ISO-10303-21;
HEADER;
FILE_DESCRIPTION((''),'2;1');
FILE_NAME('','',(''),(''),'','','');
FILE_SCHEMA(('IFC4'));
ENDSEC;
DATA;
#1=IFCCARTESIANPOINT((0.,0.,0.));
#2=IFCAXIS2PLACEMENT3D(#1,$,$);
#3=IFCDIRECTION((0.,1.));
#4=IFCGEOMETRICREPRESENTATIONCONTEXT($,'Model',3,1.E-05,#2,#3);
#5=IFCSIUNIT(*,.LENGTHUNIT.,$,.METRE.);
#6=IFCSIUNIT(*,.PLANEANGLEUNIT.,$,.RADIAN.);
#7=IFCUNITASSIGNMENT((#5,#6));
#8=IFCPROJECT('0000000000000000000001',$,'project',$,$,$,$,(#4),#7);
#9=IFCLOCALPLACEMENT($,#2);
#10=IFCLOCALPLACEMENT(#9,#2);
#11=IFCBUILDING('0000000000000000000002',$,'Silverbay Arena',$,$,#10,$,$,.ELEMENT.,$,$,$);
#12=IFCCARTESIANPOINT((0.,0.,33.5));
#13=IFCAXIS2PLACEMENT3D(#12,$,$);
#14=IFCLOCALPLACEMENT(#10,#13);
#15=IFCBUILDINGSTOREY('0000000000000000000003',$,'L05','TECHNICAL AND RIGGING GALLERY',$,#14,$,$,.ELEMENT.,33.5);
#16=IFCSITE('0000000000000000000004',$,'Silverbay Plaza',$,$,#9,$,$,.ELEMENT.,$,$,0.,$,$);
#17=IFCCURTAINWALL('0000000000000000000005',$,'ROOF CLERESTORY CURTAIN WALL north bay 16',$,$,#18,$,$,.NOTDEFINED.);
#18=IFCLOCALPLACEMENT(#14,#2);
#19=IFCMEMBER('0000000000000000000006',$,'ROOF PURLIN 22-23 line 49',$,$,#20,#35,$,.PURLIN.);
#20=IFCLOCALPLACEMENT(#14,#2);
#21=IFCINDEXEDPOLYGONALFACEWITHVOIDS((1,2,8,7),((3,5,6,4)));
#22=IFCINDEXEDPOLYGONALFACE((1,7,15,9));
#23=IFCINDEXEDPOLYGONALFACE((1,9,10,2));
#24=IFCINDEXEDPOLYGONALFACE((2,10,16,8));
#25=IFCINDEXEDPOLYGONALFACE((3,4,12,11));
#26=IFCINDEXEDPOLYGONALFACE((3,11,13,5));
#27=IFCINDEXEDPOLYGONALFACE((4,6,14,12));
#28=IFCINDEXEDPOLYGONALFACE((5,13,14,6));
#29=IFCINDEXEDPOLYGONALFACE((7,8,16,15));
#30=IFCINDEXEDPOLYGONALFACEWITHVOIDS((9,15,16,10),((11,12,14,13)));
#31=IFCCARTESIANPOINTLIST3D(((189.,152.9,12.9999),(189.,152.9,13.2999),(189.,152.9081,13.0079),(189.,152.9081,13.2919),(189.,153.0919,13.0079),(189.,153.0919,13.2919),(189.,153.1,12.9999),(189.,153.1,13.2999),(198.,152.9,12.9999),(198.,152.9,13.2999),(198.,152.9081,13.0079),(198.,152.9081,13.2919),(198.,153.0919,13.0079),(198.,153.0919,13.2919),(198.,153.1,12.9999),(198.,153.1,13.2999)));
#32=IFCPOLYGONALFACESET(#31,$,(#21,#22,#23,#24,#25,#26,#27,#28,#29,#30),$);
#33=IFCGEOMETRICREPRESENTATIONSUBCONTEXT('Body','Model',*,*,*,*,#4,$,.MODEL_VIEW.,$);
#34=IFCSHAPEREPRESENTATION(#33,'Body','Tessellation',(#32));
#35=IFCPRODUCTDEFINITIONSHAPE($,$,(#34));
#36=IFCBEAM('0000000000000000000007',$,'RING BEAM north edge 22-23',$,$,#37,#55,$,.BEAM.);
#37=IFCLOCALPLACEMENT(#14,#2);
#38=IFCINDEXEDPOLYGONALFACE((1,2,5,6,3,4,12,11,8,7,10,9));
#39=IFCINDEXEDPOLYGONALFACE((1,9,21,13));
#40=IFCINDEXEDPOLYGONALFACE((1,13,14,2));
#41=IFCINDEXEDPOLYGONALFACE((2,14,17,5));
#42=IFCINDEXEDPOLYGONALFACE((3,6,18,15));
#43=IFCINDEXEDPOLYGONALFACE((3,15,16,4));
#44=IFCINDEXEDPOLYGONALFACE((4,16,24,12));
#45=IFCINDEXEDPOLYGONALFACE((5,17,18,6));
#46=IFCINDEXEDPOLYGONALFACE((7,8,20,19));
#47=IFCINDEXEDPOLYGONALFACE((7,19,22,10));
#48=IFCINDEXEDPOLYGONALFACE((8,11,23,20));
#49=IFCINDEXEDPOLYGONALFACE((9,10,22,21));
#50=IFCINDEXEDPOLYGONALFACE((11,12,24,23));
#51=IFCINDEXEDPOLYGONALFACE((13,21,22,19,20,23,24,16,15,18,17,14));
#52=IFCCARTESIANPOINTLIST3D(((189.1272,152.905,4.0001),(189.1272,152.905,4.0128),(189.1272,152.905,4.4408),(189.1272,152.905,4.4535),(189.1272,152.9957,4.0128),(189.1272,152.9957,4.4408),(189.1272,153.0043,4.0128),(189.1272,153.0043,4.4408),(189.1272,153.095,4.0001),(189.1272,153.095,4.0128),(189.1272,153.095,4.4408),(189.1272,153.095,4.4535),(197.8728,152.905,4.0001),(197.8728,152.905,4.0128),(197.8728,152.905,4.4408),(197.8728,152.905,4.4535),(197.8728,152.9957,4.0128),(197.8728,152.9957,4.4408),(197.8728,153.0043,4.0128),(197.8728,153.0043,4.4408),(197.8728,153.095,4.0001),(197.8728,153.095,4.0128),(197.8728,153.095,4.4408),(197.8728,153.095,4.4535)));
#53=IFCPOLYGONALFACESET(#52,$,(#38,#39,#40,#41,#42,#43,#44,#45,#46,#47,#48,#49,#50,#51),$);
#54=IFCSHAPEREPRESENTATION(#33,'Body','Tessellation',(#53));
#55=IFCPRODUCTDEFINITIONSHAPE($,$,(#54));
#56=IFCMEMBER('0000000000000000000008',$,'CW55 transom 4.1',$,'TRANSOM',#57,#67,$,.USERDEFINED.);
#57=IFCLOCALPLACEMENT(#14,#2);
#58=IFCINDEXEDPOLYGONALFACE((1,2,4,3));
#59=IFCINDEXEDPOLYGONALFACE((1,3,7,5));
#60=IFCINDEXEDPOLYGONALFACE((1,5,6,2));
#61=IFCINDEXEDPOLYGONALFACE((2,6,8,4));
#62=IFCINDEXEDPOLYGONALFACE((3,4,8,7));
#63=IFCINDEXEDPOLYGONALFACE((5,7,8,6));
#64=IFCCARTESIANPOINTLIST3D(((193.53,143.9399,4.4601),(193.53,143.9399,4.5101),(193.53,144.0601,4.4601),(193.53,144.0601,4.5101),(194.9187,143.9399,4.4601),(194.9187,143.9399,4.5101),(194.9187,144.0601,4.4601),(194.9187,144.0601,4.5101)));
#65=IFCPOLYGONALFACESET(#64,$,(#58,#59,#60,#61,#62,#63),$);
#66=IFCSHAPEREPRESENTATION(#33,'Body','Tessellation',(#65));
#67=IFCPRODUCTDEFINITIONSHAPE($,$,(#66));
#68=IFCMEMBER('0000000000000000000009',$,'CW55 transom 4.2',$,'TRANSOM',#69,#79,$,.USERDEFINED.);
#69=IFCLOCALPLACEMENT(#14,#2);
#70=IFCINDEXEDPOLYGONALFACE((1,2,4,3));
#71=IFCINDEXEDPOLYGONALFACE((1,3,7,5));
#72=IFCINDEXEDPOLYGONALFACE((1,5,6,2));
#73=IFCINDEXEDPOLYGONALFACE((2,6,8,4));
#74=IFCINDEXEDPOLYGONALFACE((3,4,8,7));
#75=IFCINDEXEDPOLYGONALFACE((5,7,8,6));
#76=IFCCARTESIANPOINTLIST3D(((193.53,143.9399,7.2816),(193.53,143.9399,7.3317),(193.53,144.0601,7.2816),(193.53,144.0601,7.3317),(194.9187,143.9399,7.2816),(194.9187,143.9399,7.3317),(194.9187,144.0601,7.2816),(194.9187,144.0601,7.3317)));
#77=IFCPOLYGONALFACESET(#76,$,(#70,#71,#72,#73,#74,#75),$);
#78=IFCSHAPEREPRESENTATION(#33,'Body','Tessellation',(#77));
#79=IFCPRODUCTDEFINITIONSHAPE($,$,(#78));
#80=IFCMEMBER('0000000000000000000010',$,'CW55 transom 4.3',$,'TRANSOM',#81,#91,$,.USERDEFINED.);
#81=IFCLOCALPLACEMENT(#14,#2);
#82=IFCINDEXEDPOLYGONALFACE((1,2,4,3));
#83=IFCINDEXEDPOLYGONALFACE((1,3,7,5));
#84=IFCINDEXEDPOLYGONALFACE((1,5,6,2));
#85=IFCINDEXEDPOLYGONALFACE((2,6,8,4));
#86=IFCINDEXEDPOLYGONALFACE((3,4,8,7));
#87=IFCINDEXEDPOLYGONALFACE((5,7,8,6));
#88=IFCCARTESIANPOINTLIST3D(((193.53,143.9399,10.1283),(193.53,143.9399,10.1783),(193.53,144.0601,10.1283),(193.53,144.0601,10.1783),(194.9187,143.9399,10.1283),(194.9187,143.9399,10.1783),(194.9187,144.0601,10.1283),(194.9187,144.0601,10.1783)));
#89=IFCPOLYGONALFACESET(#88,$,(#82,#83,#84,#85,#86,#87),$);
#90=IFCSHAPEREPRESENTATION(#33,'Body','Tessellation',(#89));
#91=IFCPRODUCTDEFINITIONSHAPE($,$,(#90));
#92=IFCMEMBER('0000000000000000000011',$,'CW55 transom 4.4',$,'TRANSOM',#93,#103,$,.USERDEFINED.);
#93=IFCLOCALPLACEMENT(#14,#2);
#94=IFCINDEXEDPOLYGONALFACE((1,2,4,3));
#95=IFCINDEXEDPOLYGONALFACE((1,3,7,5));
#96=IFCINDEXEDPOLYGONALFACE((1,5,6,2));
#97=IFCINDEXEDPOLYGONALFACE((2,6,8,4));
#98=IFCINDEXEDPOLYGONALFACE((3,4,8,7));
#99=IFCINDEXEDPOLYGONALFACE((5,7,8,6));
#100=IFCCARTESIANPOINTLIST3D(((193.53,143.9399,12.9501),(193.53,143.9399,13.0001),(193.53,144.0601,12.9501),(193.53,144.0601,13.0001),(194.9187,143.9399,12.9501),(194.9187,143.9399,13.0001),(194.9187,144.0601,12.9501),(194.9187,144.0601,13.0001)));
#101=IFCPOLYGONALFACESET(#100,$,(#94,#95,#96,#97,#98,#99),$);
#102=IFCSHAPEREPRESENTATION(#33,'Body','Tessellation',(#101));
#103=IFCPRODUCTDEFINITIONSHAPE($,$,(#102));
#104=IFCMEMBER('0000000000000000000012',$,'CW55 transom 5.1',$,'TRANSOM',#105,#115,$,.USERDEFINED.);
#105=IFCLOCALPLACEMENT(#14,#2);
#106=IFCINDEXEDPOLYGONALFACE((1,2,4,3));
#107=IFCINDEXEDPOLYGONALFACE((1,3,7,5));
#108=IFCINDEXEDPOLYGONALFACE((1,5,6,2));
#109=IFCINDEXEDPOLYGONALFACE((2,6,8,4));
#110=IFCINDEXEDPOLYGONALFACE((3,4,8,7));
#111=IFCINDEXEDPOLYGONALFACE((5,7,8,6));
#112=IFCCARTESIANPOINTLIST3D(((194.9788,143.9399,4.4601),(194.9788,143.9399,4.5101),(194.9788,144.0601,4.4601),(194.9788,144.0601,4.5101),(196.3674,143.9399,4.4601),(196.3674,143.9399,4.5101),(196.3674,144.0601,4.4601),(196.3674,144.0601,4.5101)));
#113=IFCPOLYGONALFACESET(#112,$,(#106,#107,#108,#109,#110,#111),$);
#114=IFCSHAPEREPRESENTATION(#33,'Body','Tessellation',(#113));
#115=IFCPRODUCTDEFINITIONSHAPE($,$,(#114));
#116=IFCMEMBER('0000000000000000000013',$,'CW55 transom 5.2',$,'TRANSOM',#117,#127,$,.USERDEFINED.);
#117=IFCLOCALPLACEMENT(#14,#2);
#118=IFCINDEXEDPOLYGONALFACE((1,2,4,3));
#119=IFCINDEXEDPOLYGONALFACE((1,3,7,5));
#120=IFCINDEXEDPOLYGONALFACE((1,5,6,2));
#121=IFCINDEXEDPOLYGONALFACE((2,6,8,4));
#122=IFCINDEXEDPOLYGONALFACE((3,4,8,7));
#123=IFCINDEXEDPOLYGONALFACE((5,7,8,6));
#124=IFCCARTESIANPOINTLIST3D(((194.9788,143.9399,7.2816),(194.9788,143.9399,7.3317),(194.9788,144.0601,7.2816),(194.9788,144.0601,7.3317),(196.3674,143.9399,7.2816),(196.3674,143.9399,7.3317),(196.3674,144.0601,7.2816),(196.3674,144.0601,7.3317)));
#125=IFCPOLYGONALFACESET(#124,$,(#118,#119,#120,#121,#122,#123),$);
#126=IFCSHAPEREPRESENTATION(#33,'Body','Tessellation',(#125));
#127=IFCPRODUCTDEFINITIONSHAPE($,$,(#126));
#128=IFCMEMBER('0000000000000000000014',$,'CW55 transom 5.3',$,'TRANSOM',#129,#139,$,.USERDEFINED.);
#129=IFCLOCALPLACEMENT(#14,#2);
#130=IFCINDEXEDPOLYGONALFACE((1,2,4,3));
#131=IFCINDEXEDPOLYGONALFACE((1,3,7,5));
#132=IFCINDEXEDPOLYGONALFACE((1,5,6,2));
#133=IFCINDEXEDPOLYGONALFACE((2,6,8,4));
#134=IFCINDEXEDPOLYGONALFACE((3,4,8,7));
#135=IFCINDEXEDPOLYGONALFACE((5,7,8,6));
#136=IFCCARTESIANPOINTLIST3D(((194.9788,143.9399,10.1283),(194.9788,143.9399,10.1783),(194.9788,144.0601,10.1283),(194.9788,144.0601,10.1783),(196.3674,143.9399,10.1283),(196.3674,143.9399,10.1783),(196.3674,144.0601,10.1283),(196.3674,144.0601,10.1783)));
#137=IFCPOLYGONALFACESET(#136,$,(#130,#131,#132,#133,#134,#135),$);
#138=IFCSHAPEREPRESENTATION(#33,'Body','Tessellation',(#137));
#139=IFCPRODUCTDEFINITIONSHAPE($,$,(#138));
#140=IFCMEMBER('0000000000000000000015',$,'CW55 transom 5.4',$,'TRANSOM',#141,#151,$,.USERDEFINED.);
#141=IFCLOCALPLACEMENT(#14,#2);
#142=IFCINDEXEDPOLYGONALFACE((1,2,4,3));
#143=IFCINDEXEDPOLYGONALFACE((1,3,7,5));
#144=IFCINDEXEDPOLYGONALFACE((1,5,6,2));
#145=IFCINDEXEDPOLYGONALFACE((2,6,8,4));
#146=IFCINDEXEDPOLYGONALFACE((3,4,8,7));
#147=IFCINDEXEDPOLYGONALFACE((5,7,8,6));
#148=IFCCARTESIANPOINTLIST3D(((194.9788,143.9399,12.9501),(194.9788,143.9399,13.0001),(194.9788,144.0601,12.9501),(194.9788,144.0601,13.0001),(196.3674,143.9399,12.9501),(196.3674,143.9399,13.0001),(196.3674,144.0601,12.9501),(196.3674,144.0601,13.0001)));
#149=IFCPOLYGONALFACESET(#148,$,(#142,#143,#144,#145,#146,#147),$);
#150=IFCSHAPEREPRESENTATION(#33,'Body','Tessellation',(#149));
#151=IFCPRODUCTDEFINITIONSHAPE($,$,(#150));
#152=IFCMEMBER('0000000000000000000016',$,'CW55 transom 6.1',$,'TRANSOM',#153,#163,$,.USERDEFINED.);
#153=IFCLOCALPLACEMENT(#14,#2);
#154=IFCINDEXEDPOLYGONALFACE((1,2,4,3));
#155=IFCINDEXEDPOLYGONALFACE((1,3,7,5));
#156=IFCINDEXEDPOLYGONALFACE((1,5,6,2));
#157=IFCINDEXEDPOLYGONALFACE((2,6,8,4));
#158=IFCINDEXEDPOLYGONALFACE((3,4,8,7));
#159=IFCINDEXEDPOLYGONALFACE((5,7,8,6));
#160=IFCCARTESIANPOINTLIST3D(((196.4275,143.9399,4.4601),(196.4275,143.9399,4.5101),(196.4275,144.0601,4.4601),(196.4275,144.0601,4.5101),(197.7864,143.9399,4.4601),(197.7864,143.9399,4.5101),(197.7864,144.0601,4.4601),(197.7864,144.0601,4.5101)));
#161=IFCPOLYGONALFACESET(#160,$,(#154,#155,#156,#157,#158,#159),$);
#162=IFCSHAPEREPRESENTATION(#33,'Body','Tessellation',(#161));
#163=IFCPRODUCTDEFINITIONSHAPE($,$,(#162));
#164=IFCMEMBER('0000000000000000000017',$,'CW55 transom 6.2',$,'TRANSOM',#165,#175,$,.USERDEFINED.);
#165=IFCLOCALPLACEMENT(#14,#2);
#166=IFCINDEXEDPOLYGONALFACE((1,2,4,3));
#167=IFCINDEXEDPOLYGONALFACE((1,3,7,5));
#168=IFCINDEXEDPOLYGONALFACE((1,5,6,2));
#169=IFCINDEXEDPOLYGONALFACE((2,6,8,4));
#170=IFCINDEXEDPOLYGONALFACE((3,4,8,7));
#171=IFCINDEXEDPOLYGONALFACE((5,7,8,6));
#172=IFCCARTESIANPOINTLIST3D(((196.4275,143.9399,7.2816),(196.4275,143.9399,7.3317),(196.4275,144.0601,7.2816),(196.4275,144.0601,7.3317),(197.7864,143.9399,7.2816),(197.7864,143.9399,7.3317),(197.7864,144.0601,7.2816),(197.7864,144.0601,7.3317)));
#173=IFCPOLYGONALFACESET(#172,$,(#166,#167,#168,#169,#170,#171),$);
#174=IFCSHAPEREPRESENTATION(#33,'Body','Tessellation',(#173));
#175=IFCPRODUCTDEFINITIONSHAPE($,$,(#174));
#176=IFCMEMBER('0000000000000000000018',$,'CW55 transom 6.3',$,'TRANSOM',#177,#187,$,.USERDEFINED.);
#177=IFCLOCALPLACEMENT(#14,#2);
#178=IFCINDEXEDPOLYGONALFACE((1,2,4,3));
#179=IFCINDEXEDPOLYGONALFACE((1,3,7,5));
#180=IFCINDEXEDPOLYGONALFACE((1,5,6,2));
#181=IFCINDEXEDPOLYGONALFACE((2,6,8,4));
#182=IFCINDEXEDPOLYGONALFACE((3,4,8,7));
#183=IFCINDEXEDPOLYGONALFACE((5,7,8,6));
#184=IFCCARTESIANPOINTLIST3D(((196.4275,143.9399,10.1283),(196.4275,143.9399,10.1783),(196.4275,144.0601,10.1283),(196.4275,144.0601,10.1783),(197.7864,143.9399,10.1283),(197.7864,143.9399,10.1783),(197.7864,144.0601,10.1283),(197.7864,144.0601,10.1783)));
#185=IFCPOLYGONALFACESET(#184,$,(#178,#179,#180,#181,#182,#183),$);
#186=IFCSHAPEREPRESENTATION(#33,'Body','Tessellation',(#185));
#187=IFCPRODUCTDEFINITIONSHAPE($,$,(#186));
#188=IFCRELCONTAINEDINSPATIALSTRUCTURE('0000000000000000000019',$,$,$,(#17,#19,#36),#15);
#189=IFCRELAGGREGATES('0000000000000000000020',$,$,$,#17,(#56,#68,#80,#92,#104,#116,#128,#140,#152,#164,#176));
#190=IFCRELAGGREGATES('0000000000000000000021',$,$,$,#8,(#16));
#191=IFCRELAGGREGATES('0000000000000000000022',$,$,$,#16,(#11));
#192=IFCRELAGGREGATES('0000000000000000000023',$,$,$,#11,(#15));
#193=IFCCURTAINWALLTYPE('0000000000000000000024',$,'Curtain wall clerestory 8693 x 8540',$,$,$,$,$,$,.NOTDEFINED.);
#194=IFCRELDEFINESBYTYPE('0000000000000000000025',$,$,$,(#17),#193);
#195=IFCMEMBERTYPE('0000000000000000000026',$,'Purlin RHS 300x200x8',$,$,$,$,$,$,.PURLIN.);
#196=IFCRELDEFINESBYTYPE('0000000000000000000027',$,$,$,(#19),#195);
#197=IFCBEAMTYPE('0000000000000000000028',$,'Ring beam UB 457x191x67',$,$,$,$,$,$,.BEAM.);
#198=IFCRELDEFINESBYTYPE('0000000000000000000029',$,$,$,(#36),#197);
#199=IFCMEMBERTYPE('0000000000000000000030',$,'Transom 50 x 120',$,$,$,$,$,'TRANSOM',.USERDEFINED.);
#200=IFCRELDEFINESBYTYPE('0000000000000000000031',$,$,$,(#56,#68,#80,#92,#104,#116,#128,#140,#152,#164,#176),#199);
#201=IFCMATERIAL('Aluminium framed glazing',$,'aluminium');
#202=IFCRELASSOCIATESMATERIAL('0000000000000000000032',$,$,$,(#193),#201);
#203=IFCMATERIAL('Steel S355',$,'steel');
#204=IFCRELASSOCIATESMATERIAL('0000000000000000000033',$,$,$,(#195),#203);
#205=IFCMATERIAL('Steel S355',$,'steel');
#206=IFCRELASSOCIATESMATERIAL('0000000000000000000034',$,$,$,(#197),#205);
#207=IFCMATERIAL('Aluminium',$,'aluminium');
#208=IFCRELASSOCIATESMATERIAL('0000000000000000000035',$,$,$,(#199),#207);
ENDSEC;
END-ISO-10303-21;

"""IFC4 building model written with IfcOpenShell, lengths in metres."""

from ifc_helpers import new_model, si_unit, direction, frame, origin, origin_2d, place, context, subcontext, project, spatial, rectangle, hollow_rectangle, i_section, extrude, material, material_profile, profile_set, type_object, element, aggregate, save


model = new_model("IFC4")

# Units and contexts
model_context = context("Model", 3, precision=1e-05, world=origin(), true_north=direction((0.0, 1.0)))
body_context = subcontext(model_context, "Body", "Model", "MODEL_VIEW")
ifc_project = project(units=[si_unit("LENGTHUNIT", "METRE"), si_unit("PLANEANGLEUNIT", "RADIAN")], contexts=[model_context])

# Site, building, storey
site_placement = place(None, origin())
site = spatial("IfcSite", under=ifc_project, at=site_placement, Name="Silverbay Plaza", CompositionType="ELEMENT", RefElevation=0.0)
building_placement = place(site_placement, origin())
building = spatial("IfcBuilding", under=site, at=building_placement, Name="Silverbay Arena", CompositionType="ELEMENT")
storey_placement = place(building_placement, frame((0.0, 0.0, 33.5)))
storey = spatial("IfcBuildingStorey", under=building, at=storey_placement, Name="L05", Description="TECHNICAL AND RIGGING GALLERY", CompositionType="ELEMENT", Elevation=33.5)

# Curtain wall
ifc_material_1 = material(Name="Aluminium framed glazing", Category="aluminium")
curtain_wall_type = type_object("IfcCurtainWallType", Name="Curtain wall clerestory 8693 x 8540", PredefinedType="NOTDEFINED", material=ifc_material_1)
curtain_wall_placement = place(storey_placement, origin())
curtain_wall = element("IfcCurtainWall", 1, at=curtain_wall_placement, inside=storey, type_object=curtain_wall_type, Name="ROOF CLERESTORY CURTAIN WALL north bay 16", PredefinedType="NOTDEFINED")

# Member
ifc_material_2 = material(Name="Steel S355", Category="steel")
ifc_material_profile_1 = material_profile(ifc_material_2, hollow_rectangle(XDim=0.2, YDim=0.3, WallThickness=0.0081, at=origin_2d()), Name="RHS 300x200x8")
ifc_profile_set_1 = profile_set([ifc_material_profile_1], Name="Steel S355")
member_type_1 = type_object("IfcMemberType", Name="Purlin RHS 300x200x8", PredefinedType="PURLIN", material=ifc_profile_set_1)
for number, where, z_axis, x_axis, name in (
    (2, (189.0, 153.0, 13.1499), (1.0, 0.0, 0.0), (0.0, 1.0, 0.0), "ROOF PURLIN 22-23 line 49"),
):
    element("IfcMember", number, at=place(storey_placement, frame(where, z_axis=z_axis, x_axis=x_axis)), inside=storey, type_object=member_type_1, Name=name, PredefinedType="PURLIN", context=body_context, shape_type="SweptSolid", body=[
        extrude(hollow_rectangle(XDim=0.2, YDim=0.3, WallThickness=0.0081, at=origin_2d()), origin(), (0.0, 0.0, 1.0), 9.0),
    ])

# Beam
ifc_material_3 = material(Name="Steel S355", Category="steel")
ifc_material_profile_2 = material_profile(ifc_material_3, i_section(OverallWidth=0.1899, OverallDepth=0.4534, WebThickness=0.0085, FlangeThickness=0.0127, at=origin_2d()), Name="UB 457x191x67")
ifc_profile_set_2 = profile_set([ifc_material_profile_2], Name="Steel S355")
beam_type = type_object("IfcBeamType", Name="Ring beam UB 457x191x67", PredefinedType="BEAM", material=ifc_profile_set_2)
beam_placement = place(storey_placement, frame((189.1272, 153.0, 4.2268), z_axis=(1.0, 0.0, 0.0), x_axis=(0.0, 1.0, 0.0)))
element("IfcBeam", 3, at=beam_placement, inside=storey, type_object=beam_type, Name="RING BEAM north edge 22-23", PredefinedType="BEAM", context=body_context, shape_type="SweptSolid", body=[
    extrude(i_section(OverallWidth=0.1899, OverallDepth=0.4534, WebThickness=0.0085, FlangeThickness=0.0127, at=origin_2d()), origin(), (0.0, 0.0, 1.0), 8.7456),
])

# Members
ifc_material_4 = material(Name="Aluminium", Category="aluminium")
ifc_material_profile_3 = material_profile(ifc_material_4, rectangle(XDim=0.1201, YDim=0.05, at=origin_2d()), Name="Transom 50 x 120")
ifc_profile_set_3 = profile_set([ifc_material_profile_3], Name="Aluminium")
member_type_2 = type_object("IfcMemberType", Name="Transom 50 x 120", ElementType="TRANSOM", PredefinedType="USERDEFINED", material=ifc_profile_set_3)
member_1_placement = place(storey_placement, frame((193.53, 144.0, 4.4851), z_axis=(1.0, 0.0, 0.0), x_axis=(0.0, 1.0, 0.0)))
member_1 = element("IfcMember", 4, at=member_1_placement, type_object=member_type_2, Name="CW55 transom 4.1", ObjectType="TRANSOM", PredefinedType="USERDEFINED", context=body_context, shape_type="SweptSolid", body=[
    extrude(rectangle(XDim=0.1201, YDim=0.05, at=origin_2d()), origin(), (0.0, 0.0, 1.0), 1.3887),
])
member_2_placement = place(storey_placement, frame((193.53, 144.0, 7.3066), z_axis=(1.0, 0.0, 0.0), x_axis=(0.0, 1.0, 0.0)))
member_2 = element("IfcMember", 5, at=member_2_placement, type_object=member_type_2, Name="CW55 transom 4.2", ObjectType="TRANSOM", PredefinedType="USERDEFINED", context=body_context, shape_type="SweptSolid", body=[
    extrude(rectangle(XDim=0.1201, YDim=0.05, at=origin_2d()), origin(), (0.0, 0.0, 1.0), 1.3887),
])
member_3_placement = place(storey_placement, frame((193.53, 144.0, 10.1533), z_axis=(1.0, 0.0, 0.0), x_axis=(0.0, 1.0, 0.0)))
member_3 = element("IfcMember", 6, at=member_3_placement, type_object=member_type_2, Name="CW55 transom 4.3", ObjectType="TRANSOM", PredefinedType="USERDEFINED", context=body_context, shape_type="SweptSolid", body=[
    extrude(rectangle(XDim=0.1201, YDim=0.05, at=origin_2d()), origin(), (0.0, 0.0, 1.0), 1.3887),
])
member_4_placement = place(storey_placement, frame((193.53, 144.0, 12.9751), z_axis=(1.0, 0.0, 0.0), x_axis=(0.0, 1.0, 0.0)))
member_4 = element("IfcMember", 7, at=member_4_placement, type_object=member_type_2, Name="CW55 transom 4.4", ObjectType="TRANSOM", PredefinedType="USERDEFINED", context=body_context, shape_type="SweptSolid", body=[
    extrude(rectangle(XDim=0.1201, YDim=0.05, at=origin_2d()), origin(), (0.0, 0.0, 1.0), 1.3887),
])
member_5_placement = place(storey_placement, frame((194.9788, 144.0, 4.4851), z_axis=(1.0, 0.0, 0.0), x_axis=(0.0, 1.0, 0.0)))
member_5 = element("IfcMember", 8, at=member_5_placement, type_object=member_type_2, Name="CW55 transom 5.1", ObjectType="TRANSOM", PredefinedType="USERDEFINED", context=body_context, shape_type="SweptSolid", body=[
    extrude(rectangle(XDim=0.1201, YDim=0.05, at=origin_2d()), origin(), (0.0, 0.0, 1.0), 1.3887),
])
member_6_placement = place(storey_placement, frame((194.9788, 144.0, 7.3066), z_axis=(1.0, 0.0, 0.0), x_axis=(0.0, 1.0, 0.0)))
member_6 = element("IfcMember", 9, at=member_6_placement, type_object=member_type_2, Name="CW55 transom 5.2", ObjectType="TRANSOM", PredefinedType="USERDEFINED", context=body_context, shape_type="SweptSolid", body=[
    extrude(rectangle(XDim=0.1201, YDim=0.05, at=origin_2d()), origin(), (0.0, 0.0, 1.0), 1.3887),
])
member_7_placement = place(storey_placement, frame((194.9788, 144.0, 10.1533), z_axis=(1.0, 0.0, 0.0), x_axis=(0.0, 1.0, 0.0)))
member_7 = element("IfcMember", 10, at=member_7_placement, type_object=member_type_2, Name="CW55 transom 5.3", ObjectType="TRANSOM", PredefinedType="USERDEFINED", context=body_context, shape_type="SweptSolid", body=[
    extrude(rectangle(XDim=0.1201, YDim=0.05, at=origin_2d()), origin(), (0.0, 0.0, 1.0), 1.3887),
])
member_8_placement = place(storey_placement, frame((194.9788, 144.0, 12.9751), z_axis=(1.0, 0.0, 0.0), x_axis=(0.0, 1.0, 0.0)))
member_8 = element("IfcMember", 11, at=member_8_placement, type_object=member_type_2, Name="CW55 transom 5.4", ObjectType="TRANSOM", PredefinedType="USERDEFINED", context=body_context, shape_type="SweptSolid", body=[
    extrude(rectangle(XDim=0.1201, YDim=0.05, at=origin_2d()), origin(), (0.0, 0.0, 1.0), 1.3887),
])
member_9_placement = place(storey_placement, frame((196.4275, 144.0, 4.4851), z_axis=(1.0, 0.0, 0.0), x_axis=(0.0, 1.0, 0.0)))
member_9 = element("IfcMember", 12, at=member_9_placement, type_object=member_type_2, Name="CW55 transom 6.1", ObjectType="TRANSOM", PredefinedType="USERDEFINED", context=body_context, shape_type="SweptSolid", body=[
    extrude(rectangle(XDim=0.1201, YDim=0.05, at=origin_2d()), origin(), (0.0, 0.0, 1.0), 1.3589),
])
member_10_placement = place(storey_placement, frame((196.4275, 144.0, 7.3066), z_axis=(1.0, 0.0, 0.0), x_axis=(0.0, 1.0, 0.0)))
member_10 = element("IfcMember", 13, at=member_10_placement, type_object=member_type_2, Name="CW55 transom 6.2", ObjectType="TRANSOM", PredefinedType="USERDEFINED", context=body_context, shape_type="SweptSolid", body=[
    extrude(rectangle(XDim=0.1201, YDim=0.05, at=origin_2d()), origin(), (0.0, 0.0, 1.0), 1.3589),
])
member_11_placement = place(storey_placement, frame((196.4275, 144.0, 10.1533), z_axis=(1.0, 0.0, 0.0), x_axis=(0.0, 1.0, 0.0)))
member_11 = element("IfcMember", 14, at=member_11_placement, type_object=member_type_2, Name="CW55 transom 6.3", ObjectType="TRANSOM", PredefinedType="USERDEFINED", context=body_context, shape_type="SweptSolid", body=[
    extrude(rectangle(XDim=0.1201, YDim=0.05, at=origin_2d()), origin(), (0.0, 0.0, 1.0), 1.3589),
])

aggregate(curtain_wall, [member_1, member_2, member_3, member_4, member_5, member_6, member_7, member_8, member_9, member_10, member_11])

save(model, "model.ifc")
